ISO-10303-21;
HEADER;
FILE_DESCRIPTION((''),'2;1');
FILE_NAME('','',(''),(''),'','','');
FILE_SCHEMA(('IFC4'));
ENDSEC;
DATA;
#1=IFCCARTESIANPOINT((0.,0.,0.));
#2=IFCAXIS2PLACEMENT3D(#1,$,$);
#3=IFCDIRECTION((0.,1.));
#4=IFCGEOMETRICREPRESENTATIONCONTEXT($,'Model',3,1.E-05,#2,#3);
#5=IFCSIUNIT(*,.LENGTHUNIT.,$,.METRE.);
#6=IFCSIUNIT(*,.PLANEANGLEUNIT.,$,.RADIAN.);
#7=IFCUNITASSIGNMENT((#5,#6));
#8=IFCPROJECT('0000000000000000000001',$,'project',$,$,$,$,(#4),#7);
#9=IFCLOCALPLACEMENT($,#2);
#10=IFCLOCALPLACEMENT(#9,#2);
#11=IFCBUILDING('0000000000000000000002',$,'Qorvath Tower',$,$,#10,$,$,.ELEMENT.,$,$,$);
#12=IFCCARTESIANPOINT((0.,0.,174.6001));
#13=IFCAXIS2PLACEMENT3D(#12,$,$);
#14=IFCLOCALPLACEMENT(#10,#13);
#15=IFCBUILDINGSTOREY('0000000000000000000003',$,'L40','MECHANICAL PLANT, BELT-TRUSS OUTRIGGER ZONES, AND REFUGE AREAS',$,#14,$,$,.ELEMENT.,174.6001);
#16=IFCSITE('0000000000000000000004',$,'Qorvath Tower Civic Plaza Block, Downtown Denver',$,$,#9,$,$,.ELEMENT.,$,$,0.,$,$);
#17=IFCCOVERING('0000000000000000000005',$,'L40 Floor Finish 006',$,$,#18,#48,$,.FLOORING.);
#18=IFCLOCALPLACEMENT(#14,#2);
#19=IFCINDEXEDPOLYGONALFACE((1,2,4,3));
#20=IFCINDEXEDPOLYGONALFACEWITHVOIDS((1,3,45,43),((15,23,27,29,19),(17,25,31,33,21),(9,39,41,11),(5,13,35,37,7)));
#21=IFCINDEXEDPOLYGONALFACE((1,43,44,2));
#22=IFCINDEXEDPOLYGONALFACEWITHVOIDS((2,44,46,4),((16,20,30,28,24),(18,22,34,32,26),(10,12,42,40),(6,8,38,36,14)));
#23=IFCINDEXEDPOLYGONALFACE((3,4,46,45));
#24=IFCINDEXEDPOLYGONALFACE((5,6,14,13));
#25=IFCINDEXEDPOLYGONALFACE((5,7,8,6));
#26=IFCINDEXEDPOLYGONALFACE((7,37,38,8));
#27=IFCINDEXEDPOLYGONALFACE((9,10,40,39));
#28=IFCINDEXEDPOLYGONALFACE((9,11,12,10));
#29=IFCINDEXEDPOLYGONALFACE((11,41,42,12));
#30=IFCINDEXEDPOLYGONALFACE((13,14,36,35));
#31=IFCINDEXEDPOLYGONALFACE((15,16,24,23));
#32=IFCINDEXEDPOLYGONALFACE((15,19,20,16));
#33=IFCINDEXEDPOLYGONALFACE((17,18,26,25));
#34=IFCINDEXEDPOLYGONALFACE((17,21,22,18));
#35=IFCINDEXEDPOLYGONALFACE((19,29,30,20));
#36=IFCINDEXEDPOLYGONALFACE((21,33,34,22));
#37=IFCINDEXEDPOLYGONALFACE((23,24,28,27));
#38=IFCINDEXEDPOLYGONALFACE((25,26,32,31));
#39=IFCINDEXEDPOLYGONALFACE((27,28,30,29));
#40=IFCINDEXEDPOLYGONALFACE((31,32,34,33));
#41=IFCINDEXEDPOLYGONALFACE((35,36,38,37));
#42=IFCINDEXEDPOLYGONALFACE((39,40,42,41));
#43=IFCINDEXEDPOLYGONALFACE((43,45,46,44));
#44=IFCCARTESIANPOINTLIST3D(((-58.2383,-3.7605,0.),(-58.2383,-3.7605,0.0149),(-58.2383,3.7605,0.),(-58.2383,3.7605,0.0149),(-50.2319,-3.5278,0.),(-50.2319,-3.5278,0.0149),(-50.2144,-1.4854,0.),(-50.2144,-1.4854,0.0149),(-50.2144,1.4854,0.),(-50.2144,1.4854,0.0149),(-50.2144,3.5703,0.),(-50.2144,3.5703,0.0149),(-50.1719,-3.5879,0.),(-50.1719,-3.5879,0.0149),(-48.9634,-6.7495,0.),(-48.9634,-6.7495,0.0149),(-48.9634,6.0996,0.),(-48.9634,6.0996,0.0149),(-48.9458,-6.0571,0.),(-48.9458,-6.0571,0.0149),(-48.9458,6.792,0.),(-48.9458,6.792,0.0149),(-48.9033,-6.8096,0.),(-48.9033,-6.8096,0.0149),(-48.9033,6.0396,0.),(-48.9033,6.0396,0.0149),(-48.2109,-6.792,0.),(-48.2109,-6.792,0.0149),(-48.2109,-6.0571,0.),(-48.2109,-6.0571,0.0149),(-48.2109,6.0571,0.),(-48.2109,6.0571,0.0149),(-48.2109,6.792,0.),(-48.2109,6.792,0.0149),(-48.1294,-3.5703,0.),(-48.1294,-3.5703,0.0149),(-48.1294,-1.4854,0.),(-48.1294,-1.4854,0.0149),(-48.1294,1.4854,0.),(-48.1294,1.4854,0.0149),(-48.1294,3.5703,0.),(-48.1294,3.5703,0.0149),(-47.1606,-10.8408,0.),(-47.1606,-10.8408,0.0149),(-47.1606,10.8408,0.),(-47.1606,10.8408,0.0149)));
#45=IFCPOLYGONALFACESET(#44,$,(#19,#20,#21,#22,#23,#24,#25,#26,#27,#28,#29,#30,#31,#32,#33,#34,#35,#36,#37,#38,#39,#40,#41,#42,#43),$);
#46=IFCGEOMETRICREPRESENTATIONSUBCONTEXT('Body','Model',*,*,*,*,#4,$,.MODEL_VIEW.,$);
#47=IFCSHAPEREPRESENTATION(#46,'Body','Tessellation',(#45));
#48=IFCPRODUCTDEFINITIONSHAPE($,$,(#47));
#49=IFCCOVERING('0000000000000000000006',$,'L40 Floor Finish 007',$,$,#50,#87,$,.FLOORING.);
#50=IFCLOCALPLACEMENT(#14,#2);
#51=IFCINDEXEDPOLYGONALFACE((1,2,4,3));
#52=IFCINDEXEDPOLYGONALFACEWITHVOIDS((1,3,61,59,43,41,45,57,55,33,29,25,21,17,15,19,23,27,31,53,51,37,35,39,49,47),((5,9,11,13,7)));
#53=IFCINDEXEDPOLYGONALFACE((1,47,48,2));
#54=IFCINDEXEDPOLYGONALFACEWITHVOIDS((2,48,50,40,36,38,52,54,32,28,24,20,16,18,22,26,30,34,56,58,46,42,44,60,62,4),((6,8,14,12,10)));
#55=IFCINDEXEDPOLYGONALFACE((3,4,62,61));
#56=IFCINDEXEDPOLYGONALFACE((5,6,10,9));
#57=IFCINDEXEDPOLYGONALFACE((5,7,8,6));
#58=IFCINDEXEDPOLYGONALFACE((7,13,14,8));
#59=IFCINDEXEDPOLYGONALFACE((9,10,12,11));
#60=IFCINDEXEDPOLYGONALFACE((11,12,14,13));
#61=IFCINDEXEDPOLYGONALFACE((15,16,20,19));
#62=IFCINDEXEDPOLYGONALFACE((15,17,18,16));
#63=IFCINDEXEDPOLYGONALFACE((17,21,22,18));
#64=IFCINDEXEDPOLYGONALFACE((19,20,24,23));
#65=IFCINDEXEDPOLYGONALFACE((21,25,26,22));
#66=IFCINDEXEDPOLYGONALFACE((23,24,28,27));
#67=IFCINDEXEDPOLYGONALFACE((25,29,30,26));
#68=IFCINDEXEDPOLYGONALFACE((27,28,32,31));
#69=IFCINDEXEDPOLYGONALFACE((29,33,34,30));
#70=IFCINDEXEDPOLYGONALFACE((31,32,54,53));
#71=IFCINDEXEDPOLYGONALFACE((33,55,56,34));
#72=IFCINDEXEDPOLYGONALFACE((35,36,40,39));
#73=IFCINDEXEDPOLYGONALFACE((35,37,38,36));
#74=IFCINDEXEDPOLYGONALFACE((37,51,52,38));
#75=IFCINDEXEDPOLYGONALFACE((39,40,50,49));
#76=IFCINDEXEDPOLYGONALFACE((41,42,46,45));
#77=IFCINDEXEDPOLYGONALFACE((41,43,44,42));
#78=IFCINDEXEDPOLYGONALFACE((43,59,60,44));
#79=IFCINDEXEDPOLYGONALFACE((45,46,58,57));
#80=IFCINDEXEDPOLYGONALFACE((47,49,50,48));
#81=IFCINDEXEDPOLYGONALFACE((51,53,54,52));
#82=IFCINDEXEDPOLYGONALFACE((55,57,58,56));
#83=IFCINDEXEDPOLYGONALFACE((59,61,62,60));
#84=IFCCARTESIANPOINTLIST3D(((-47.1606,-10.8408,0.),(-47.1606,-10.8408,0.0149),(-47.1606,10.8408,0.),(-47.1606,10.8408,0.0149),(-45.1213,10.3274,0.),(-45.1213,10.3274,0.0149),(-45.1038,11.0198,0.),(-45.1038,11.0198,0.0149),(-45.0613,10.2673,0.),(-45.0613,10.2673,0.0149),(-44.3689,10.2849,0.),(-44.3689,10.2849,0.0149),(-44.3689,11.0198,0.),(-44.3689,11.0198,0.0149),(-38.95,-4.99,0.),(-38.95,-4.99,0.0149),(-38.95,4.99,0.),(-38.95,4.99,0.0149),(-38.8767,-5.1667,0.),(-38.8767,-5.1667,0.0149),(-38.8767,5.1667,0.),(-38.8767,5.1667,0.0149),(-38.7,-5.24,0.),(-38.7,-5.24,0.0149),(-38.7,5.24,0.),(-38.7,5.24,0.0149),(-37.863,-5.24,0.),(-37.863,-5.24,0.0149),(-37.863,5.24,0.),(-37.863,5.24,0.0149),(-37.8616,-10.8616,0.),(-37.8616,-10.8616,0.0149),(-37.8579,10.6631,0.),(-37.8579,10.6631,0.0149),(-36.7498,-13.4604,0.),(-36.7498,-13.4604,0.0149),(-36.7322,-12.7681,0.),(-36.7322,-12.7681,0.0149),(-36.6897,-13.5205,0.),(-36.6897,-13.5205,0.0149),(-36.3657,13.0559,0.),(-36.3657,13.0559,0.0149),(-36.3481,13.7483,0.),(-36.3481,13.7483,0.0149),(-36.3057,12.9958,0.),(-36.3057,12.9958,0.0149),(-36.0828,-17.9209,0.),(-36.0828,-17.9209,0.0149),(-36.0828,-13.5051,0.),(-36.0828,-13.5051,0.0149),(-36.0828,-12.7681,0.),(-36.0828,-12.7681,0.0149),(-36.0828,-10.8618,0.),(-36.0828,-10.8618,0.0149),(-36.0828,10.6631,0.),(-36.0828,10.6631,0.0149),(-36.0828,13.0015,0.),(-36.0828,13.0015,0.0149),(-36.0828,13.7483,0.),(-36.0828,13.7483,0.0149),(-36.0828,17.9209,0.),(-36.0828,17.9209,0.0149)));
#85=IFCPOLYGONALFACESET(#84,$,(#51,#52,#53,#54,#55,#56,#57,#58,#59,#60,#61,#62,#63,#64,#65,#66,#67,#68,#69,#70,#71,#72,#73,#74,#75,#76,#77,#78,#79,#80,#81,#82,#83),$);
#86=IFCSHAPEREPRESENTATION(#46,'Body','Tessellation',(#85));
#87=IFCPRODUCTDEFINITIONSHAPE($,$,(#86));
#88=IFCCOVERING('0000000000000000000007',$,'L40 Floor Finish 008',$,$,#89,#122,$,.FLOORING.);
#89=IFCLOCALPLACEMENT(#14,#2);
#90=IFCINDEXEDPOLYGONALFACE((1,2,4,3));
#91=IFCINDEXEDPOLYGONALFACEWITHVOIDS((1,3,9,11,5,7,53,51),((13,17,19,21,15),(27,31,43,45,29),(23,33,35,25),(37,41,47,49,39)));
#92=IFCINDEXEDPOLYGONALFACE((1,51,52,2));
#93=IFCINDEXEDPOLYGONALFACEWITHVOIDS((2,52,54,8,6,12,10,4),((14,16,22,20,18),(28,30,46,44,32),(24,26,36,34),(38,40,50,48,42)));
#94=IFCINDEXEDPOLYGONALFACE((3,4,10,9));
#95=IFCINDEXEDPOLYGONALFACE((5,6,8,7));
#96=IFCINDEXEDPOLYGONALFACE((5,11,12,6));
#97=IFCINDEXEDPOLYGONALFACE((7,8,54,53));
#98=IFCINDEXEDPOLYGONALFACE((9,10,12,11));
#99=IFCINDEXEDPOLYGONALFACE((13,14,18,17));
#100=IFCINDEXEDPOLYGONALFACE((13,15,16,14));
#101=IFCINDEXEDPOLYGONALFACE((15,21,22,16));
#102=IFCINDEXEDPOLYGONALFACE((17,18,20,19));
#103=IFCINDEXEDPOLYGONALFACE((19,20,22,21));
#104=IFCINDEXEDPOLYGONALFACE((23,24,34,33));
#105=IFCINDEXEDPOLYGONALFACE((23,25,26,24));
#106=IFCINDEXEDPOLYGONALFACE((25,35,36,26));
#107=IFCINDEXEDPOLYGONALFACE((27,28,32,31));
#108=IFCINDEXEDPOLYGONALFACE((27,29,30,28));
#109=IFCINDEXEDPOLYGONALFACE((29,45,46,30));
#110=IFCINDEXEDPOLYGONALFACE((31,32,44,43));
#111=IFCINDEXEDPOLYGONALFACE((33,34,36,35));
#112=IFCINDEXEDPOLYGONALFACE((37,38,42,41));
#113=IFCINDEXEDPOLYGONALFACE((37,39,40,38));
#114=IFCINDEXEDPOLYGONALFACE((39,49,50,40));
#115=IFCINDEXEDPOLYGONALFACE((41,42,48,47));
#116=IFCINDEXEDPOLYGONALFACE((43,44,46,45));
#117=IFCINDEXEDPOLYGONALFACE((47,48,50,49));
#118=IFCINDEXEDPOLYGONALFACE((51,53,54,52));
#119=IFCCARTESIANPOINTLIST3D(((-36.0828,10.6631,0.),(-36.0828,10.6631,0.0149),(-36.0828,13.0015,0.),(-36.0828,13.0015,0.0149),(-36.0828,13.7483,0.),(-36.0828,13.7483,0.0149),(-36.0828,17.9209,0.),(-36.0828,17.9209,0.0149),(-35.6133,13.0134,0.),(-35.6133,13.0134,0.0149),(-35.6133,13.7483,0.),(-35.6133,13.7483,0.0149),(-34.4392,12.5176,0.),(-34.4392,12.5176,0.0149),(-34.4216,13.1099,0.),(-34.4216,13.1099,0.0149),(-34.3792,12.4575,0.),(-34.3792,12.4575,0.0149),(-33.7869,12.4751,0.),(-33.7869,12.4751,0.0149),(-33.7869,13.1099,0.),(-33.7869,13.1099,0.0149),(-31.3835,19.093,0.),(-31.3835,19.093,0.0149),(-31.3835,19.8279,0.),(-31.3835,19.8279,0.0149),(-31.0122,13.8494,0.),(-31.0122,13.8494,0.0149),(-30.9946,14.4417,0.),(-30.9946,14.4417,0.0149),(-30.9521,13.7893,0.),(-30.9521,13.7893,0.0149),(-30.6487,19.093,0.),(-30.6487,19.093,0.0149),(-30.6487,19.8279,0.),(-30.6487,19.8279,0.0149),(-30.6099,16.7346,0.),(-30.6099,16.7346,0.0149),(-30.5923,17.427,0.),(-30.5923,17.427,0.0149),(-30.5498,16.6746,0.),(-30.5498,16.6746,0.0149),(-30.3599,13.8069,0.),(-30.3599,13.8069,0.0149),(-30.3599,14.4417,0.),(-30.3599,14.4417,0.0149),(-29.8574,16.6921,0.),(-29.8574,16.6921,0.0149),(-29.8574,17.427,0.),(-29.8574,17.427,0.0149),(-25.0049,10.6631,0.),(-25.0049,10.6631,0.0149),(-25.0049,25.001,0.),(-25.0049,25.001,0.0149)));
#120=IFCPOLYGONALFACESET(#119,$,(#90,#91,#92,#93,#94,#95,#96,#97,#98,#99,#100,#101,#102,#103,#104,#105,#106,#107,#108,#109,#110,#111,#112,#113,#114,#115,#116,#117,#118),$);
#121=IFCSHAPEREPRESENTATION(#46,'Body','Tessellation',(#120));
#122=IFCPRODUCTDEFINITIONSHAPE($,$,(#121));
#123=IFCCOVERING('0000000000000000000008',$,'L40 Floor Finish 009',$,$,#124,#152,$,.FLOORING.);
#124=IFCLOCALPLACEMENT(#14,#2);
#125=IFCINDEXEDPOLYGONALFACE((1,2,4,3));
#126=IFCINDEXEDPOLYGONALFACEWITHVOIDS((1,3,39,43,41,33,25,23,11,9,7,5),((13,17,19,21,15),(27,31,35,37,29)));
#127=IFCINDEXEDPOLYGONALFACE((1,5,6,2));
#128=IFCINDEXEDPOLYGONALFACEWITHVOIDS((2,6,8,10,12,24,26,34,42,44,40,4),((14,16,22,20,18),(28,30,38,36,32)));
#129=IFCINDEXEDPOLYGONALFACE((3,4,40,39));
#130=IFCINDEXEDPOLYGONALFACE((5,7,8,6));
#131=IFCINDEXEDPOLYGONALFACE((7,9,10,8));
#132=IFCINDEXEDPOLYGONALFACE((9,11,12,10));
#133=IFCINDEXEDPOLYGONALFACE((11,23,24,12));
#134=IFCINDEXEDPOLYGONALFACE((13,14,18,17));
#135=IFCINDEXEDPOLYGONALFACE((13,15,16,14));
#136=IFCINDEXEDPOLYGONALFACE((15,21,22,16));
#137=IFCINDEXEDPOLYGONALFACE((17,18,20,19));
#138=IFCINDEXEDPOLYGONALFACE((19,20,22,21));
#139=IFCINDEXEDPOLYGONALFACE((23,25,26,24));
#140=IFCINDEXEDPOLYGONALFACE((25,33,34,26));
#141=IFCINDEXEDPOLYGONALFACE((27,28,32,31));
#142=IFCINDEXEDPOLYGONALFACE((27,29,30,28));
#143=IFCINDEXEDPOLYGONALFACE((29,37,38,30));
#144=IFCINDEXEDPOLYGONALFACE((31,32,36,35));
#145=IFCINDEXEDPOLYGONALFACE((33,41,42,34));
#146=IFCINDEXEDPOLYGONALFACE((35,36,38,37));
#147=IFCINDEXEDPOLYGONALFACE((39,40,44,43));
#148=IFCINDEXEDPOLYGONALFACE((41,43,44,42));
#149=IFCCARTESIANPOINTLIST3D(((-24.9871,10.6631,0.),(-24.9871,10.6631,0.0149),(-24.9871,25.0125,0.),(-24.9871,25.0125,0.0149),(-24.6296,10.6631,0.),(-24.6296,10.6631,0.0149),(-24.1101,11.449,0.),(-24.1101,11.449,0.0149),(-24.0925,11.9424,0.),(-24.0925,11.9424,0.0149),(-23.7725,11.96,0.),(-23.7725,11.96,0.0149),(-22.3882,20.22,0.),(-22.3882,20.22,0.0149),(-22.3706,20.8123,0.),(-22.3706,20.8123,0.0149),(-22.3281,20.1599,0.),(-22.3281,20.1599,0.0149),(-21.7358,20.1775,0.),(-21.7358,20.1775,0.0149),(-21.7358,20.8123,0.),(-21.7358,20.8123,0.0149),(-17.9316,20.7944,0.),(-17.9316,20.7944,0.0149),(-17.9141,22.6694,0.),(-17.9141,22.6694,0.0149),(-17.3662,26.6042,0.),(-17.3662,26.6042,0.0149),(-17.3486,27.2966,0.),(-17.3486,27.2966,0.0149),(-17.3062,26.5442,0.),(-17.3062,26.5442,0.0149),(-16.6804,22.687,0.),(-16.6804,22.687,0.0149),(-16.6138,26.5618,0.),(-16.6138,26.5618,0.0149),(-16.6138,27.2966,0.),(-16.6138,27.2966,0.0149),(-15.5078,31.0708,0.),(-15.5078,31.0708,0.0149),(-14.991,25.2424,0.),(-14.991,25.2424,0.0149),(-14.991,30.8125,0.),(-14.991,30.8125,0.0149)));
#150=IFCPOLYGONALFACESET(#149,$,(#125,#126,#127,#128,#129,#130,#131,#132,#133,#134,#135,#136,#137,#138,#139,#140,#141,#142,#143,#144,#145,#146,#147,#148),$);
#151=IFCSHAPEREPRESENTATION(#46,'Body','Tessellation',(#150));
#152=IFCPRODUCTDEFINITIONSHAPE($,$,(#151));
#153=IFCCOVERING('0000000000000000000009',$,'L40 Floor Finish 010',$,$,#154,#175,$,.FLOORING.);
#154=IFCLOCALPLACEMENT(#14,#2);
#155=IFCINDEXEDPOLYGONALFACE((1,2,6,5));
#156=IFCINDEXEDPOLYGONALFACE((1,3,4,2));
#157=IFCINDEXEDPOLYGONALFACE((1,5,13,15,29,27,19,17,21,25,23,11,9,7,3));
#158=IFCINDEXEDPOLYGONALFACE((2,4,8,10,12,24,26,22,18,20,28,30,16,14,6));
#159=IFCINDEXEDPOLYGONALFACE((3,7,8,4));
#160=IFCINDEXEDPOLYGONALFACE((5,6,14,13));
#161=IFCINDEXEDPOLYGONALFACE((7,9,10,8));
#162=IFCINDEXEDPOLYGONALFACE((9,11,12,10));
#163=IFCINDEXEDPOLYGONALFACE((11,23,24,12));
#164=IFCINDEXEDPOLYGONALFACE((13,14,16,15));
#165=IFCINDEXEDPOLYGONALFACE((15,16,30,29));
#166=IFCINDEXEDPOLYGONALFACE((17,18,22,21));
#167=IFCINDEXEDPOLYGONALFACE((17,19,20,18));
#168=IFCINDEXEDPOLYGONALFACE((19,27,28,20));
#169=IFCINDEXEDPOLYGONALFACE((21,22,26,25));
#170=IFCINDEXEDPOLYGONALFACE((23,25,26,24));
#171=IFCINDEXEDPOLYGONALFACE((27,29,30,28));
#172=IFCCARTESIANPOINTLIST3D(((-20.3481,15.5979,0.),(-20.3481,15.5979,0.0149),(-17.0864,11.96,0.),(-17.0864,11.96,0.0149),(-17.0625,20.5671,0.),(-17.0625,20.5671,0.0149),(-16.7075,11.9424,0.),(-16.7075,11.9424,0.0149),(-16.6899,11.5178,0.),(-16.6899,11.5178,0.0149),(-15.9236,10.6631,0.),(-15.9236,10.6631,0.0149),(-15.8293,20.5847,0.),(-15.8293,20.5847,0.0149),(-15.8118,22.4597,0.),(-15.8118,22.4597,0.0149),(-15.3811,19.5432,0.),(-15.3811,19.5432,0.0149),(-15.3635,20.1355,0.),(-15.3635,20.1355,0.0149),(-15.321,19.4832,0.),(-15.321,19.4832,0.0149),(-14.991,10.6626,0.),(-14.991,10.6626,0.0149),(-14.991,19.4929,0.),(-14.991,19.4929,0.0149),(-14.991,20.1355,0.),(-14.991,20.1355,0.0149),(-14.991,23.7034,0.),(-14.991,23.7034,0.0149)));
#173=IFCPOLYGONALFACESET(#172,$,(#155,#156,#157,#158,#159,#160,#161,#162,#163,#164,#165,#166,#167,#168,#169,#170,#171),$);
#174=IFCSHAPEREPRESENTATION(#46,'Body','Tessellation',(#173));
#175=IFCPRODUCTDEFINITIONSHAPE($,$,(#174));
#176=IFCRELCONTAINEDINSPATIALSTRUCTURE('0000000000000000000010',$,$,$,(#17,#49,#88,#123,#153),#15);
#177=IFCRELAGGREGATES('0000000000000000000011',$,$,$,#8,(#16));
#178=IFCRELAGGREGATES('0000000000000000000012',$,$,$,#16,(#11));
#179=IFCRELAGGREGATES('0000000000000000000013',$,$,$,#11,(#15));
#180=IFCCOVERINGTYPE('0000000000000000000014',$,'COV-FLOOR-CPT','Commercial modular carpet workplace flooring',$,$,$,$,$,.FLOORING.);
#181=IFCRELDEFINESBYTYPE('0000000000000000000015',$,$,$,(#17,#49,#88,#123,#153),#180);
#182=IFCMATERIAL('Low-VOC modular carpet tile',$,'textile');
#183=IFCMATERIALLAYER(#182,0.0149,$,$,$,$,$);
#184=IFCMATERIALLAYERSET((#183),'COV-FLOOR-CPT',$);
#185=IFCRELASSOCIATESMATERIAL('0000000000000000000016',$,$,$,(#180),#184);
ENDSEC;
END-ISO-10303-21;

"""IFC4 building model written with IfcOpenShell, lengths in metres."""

from ifc_helpers import new_model, si_unit, direction, frame, origin, place, context, subcontext, project, spatial, polyline, outline, extrude, material, layer, layer_set, type_object, element, save


model = new_model("IFC4")

# Units and contexts
model_context = context("Model", 3, precision=1e-05, world=origin(), true_north=direction((0.0, 1.0)))
body_context = subcontext(model_context, "Body", "Model", "MODEL_VIEW")
ifc_project = project(units=[si_unit("LENGTHUNIT", "METRE"), si_unit("PLANEANGLEUNIT", "RADIAN")], contexts=[model_context])

# Site, building, storey
site_placement = place(None, origin())
site = spatial("IfcSite", under=ifc_project, at=site_placement, Name="Qorvath Tower Civic Plaza Block, Downtown Denver", CompositionType="ELEMENT", RefElevation=0.0)
building_placement = place(site_placement, origin())
building = spatial("IfcBuilding", under=site, at=building_placement, Name="Qorvath Tower", CompositionType="ELEMENT")
storey_placement = place(building_placement, frame((0.0, 0.0, 174.6001)))
storey = spatial("IfcBuildingStorey", under=building, at=storey_placement, Name="L40", Description="MECHANICAL PLANT, BELT-TRUSS OUTRIGGER ZONES, AND REFUGE AREAS", CompositionType="ELEMENT", Elevation=174.6001)

# Coverings
ifc_material_1 = material(Name="Low-VOC modular carpet tile", Category="textile")
ifc_layer_1 = layer(ifc_material_1, 0.0149)
ifc_layer_set_1 = layer_set([ifc_layer_1], Name="COV-FLOOR-CPT")
covering_type_1 = type_object("IfcCoveringType", Name="COV-FLOOR-CPT", Description="Commercial modular carpet workplace flooring", PredefinedType="FLOORING", material=ifc_layer_set_1)
covering_1_placement = place(storey_placement, origin())
element("IfcCovering", 1, at=covering_1_placement, inside=storey, type_object=covering_type_1, Name="L40 Floor Finish 006", PredefinedType="FLOORING", context=body_context, shape_type="SweptSolid", body=[
    extrude(outline(polyline([(-47.1606, -10.8408), (-47.1606, 10.8408), (-58.2383, 3.7605), (-58.2383, -3.7605), (-47.1606, -10.8408)]), holes=[polyline([(-50.2319, -3.5278), (-50.2144, -1.4854), (-48.1294, -1.4854), (-48.1294, -3.5703), (-50.1719, -3.5879), (-50.2319, -3.5278)]), polyline([(-50.2144, 1.4854), (-50.2144, 3.5703), (-48.1294, 3.5703), (-48.1294, 1.4854), (-50.2144, 1.4854)]), polyline([(-48.9634, -6.7495), (-48.9458, -6.0571), (-48.2109, -6.0571), (-48.2109, -6.792), (-48.9033, -6.8096), (-48.9634, -6.7495)]), polyline([(-48.9634, 6.0996), (-48.9458, 6.792), (-48.2109, 6.792), (-48.2109, 6.0571), (-48.9033, 6.0396), (-48.9634, 6.0996)])]), origin(), (0.0, 0.0, 1.0), 0.0149),
])
covering_2_placement = place(storey_placement, origin())
element("IfcCovering", 2, at=covering_2_placement, inside=storey, type_object=covering_type_1, Name="L40 Floor Finish 007", PredefinedType="FLOORING", context=body_context, shape_type="SweptSolid", body=[
    extrude(outline(polyline([(-36.0828, 10.6631), (-36.0828, 13.0015), (-36.3057, 12.9958), (-36.3657, 13.0559), (-36.3481, 13.7483), (-36.0828, 13.7483), (-36.0828, 17.9209), (-47.1606, 10.8408), (-47.1606, -10.8408), (-36.0828, -17.9209), (-36.0828, -13.5051), (-36.6897, -13.5205), (-36.7498, -13.4604), (-36.7322, -12.7681), (-36.0828, -12.7681), (-36.0828, -10.8618), (-37.8616, -10.8616), (-37.863, -5.24), (-38.7, -5.24), (-38.8767, -5.1667), (-38.95, -4.99), (-38.95, 4.99), (-38.8767, 5.1667), (-38.7, 5.24), (-37.863, 5.24), (-37.8579, 10.6631), (-36.0828, 10.6631)]), holes=[polyline([(-45.1213, 10.3274), (-45.1038, 11.0198), (-44.3689, 11.0198), (-44.3689, 10.2849), (-45.0613, 10.2673), (-45.1213, 10.3274)])]), origin(), (0.0, 0.0, 1.0), 0.0149),
])
covering_3_placement = place(storey_placement, origin())
element("IfcCovering", 3, at=covering_3_placement, inside=storey, type_object=covering_type_1, Name="L40 Floor Finish 008", PredefinedType="FLOORING", context=body_context, shape_type="SweptSolid", body=[
    extrude(outline(polyline([(-25.0049, 10.6631), (-25.0049, 25.001), (-36.0828, 17.9209), (-36.0828, 13.7483), (-35.6133, 13.7483), (-35.6133, 13.0134), (-36.0828, 13.0015), (-36.0828, 10.6631), (-25.0049, 10.6631)]), holes=[polyline([(-30.6099, 16.7346), (-30.5923, 17.427), (-29.8574, 17.427), (-29.8574, 16.6921), (-30.5498, 16.6746), (-30.6099, 16.7346)]), polyline([(-31.0122, 13.8494), (-30.9946, 14.4417), (-30.3599, 14.4417), (-30.3599, 13.8069), (-30.9521, 13.7893), (-31.0122, 13.8494)]), polyline([(-31.3835, 19.093), (-31.3835, 19.8279), (-30.6487, 19.8279), (-30.6487, 19.093), (-31.3835, 19.093)]), polyline([(-34.4392, 12.5176), (-34.4216, 13.1099), (-33.7869, 13.1099), (-33.7869, 12.4751), (-34.3792, 12.4575), (-34.4392, 12.5176)])]), origin(), (0.0, 0.0, 1.0), 0.0149),
])
covering_4_placement = place(storey_placement, origin())
element("IfcCovering", 4, at=covering_4_placement, inside=storey, type_object=covering_type_1, Name="L40 Floor Finish 009", PredefinedType="FLOORING", context=body_context, shape_type="SweptSolid", body=[
    extrude(outline(polyline([(-14.991, 25.2424), (-14.991, 30.8125), (-15.5078, 31.0708), (-24.9871, 25.0125), (-24.9871, 10.6631), (-24.6296, 10.6631), (-24.1101, 11.449), (-24.0925, 11.9424), (-23.7725, 11.96), (-17.9316, 20.7944), (-17.9141, 22.6694), (-16.6804, 22.687), (-14.991, 25.2424)]), holes=[polyline([(-17.3662, 26.6042), (-17.3486, 27.2966), (-16.6138, 27.2966), (-16.6138, 26.5618), (-17.3062, 26.5442), (-17.3662, 26.6042)]), polyline([(-22.3882, 20.22), (-22.3706, 20.8123), (-21.7358, 20.8123), (-21.7358, 20.1775), (-22.3281, 20.1599), (-22.3882, 20.22)])]), origin(), (0.0, 0.0, 1.0), 0.0149),
])
covering_5_placement = place(storey_placement, origin())
element("IfcCovering", 5, at=covering_5_placement, inside=storey, type_object=covering_type_1, Name="L40 Floor Finish 010", PredefinedType="FLOORING", context=body_context, shape_type="SweptSolid", body=[
    extrude(outline(polyline([(-14.991, 10.6626), (-14.991, 19.4929), (-15.321, 19.4832), (-15.3811, 19.5432), (-15.3635, 20.1355), (-14.991, 20.1355), (-14.991, 23.7034), (-15.8118, 22.4597), (-15.8293, 20.5847), (-17.0625, 20.5671), (-20.3481, 15.5979), (-17.0864, 11.96), (-16.7075, 11.9424), (-16.6899, 11.5178), (-15.9236, 10.6631), (-14.991, 10.6626)])), origin(), (0.0, 0.0, 1.0), 0.0149),
])

save(model, "model.ifc")
